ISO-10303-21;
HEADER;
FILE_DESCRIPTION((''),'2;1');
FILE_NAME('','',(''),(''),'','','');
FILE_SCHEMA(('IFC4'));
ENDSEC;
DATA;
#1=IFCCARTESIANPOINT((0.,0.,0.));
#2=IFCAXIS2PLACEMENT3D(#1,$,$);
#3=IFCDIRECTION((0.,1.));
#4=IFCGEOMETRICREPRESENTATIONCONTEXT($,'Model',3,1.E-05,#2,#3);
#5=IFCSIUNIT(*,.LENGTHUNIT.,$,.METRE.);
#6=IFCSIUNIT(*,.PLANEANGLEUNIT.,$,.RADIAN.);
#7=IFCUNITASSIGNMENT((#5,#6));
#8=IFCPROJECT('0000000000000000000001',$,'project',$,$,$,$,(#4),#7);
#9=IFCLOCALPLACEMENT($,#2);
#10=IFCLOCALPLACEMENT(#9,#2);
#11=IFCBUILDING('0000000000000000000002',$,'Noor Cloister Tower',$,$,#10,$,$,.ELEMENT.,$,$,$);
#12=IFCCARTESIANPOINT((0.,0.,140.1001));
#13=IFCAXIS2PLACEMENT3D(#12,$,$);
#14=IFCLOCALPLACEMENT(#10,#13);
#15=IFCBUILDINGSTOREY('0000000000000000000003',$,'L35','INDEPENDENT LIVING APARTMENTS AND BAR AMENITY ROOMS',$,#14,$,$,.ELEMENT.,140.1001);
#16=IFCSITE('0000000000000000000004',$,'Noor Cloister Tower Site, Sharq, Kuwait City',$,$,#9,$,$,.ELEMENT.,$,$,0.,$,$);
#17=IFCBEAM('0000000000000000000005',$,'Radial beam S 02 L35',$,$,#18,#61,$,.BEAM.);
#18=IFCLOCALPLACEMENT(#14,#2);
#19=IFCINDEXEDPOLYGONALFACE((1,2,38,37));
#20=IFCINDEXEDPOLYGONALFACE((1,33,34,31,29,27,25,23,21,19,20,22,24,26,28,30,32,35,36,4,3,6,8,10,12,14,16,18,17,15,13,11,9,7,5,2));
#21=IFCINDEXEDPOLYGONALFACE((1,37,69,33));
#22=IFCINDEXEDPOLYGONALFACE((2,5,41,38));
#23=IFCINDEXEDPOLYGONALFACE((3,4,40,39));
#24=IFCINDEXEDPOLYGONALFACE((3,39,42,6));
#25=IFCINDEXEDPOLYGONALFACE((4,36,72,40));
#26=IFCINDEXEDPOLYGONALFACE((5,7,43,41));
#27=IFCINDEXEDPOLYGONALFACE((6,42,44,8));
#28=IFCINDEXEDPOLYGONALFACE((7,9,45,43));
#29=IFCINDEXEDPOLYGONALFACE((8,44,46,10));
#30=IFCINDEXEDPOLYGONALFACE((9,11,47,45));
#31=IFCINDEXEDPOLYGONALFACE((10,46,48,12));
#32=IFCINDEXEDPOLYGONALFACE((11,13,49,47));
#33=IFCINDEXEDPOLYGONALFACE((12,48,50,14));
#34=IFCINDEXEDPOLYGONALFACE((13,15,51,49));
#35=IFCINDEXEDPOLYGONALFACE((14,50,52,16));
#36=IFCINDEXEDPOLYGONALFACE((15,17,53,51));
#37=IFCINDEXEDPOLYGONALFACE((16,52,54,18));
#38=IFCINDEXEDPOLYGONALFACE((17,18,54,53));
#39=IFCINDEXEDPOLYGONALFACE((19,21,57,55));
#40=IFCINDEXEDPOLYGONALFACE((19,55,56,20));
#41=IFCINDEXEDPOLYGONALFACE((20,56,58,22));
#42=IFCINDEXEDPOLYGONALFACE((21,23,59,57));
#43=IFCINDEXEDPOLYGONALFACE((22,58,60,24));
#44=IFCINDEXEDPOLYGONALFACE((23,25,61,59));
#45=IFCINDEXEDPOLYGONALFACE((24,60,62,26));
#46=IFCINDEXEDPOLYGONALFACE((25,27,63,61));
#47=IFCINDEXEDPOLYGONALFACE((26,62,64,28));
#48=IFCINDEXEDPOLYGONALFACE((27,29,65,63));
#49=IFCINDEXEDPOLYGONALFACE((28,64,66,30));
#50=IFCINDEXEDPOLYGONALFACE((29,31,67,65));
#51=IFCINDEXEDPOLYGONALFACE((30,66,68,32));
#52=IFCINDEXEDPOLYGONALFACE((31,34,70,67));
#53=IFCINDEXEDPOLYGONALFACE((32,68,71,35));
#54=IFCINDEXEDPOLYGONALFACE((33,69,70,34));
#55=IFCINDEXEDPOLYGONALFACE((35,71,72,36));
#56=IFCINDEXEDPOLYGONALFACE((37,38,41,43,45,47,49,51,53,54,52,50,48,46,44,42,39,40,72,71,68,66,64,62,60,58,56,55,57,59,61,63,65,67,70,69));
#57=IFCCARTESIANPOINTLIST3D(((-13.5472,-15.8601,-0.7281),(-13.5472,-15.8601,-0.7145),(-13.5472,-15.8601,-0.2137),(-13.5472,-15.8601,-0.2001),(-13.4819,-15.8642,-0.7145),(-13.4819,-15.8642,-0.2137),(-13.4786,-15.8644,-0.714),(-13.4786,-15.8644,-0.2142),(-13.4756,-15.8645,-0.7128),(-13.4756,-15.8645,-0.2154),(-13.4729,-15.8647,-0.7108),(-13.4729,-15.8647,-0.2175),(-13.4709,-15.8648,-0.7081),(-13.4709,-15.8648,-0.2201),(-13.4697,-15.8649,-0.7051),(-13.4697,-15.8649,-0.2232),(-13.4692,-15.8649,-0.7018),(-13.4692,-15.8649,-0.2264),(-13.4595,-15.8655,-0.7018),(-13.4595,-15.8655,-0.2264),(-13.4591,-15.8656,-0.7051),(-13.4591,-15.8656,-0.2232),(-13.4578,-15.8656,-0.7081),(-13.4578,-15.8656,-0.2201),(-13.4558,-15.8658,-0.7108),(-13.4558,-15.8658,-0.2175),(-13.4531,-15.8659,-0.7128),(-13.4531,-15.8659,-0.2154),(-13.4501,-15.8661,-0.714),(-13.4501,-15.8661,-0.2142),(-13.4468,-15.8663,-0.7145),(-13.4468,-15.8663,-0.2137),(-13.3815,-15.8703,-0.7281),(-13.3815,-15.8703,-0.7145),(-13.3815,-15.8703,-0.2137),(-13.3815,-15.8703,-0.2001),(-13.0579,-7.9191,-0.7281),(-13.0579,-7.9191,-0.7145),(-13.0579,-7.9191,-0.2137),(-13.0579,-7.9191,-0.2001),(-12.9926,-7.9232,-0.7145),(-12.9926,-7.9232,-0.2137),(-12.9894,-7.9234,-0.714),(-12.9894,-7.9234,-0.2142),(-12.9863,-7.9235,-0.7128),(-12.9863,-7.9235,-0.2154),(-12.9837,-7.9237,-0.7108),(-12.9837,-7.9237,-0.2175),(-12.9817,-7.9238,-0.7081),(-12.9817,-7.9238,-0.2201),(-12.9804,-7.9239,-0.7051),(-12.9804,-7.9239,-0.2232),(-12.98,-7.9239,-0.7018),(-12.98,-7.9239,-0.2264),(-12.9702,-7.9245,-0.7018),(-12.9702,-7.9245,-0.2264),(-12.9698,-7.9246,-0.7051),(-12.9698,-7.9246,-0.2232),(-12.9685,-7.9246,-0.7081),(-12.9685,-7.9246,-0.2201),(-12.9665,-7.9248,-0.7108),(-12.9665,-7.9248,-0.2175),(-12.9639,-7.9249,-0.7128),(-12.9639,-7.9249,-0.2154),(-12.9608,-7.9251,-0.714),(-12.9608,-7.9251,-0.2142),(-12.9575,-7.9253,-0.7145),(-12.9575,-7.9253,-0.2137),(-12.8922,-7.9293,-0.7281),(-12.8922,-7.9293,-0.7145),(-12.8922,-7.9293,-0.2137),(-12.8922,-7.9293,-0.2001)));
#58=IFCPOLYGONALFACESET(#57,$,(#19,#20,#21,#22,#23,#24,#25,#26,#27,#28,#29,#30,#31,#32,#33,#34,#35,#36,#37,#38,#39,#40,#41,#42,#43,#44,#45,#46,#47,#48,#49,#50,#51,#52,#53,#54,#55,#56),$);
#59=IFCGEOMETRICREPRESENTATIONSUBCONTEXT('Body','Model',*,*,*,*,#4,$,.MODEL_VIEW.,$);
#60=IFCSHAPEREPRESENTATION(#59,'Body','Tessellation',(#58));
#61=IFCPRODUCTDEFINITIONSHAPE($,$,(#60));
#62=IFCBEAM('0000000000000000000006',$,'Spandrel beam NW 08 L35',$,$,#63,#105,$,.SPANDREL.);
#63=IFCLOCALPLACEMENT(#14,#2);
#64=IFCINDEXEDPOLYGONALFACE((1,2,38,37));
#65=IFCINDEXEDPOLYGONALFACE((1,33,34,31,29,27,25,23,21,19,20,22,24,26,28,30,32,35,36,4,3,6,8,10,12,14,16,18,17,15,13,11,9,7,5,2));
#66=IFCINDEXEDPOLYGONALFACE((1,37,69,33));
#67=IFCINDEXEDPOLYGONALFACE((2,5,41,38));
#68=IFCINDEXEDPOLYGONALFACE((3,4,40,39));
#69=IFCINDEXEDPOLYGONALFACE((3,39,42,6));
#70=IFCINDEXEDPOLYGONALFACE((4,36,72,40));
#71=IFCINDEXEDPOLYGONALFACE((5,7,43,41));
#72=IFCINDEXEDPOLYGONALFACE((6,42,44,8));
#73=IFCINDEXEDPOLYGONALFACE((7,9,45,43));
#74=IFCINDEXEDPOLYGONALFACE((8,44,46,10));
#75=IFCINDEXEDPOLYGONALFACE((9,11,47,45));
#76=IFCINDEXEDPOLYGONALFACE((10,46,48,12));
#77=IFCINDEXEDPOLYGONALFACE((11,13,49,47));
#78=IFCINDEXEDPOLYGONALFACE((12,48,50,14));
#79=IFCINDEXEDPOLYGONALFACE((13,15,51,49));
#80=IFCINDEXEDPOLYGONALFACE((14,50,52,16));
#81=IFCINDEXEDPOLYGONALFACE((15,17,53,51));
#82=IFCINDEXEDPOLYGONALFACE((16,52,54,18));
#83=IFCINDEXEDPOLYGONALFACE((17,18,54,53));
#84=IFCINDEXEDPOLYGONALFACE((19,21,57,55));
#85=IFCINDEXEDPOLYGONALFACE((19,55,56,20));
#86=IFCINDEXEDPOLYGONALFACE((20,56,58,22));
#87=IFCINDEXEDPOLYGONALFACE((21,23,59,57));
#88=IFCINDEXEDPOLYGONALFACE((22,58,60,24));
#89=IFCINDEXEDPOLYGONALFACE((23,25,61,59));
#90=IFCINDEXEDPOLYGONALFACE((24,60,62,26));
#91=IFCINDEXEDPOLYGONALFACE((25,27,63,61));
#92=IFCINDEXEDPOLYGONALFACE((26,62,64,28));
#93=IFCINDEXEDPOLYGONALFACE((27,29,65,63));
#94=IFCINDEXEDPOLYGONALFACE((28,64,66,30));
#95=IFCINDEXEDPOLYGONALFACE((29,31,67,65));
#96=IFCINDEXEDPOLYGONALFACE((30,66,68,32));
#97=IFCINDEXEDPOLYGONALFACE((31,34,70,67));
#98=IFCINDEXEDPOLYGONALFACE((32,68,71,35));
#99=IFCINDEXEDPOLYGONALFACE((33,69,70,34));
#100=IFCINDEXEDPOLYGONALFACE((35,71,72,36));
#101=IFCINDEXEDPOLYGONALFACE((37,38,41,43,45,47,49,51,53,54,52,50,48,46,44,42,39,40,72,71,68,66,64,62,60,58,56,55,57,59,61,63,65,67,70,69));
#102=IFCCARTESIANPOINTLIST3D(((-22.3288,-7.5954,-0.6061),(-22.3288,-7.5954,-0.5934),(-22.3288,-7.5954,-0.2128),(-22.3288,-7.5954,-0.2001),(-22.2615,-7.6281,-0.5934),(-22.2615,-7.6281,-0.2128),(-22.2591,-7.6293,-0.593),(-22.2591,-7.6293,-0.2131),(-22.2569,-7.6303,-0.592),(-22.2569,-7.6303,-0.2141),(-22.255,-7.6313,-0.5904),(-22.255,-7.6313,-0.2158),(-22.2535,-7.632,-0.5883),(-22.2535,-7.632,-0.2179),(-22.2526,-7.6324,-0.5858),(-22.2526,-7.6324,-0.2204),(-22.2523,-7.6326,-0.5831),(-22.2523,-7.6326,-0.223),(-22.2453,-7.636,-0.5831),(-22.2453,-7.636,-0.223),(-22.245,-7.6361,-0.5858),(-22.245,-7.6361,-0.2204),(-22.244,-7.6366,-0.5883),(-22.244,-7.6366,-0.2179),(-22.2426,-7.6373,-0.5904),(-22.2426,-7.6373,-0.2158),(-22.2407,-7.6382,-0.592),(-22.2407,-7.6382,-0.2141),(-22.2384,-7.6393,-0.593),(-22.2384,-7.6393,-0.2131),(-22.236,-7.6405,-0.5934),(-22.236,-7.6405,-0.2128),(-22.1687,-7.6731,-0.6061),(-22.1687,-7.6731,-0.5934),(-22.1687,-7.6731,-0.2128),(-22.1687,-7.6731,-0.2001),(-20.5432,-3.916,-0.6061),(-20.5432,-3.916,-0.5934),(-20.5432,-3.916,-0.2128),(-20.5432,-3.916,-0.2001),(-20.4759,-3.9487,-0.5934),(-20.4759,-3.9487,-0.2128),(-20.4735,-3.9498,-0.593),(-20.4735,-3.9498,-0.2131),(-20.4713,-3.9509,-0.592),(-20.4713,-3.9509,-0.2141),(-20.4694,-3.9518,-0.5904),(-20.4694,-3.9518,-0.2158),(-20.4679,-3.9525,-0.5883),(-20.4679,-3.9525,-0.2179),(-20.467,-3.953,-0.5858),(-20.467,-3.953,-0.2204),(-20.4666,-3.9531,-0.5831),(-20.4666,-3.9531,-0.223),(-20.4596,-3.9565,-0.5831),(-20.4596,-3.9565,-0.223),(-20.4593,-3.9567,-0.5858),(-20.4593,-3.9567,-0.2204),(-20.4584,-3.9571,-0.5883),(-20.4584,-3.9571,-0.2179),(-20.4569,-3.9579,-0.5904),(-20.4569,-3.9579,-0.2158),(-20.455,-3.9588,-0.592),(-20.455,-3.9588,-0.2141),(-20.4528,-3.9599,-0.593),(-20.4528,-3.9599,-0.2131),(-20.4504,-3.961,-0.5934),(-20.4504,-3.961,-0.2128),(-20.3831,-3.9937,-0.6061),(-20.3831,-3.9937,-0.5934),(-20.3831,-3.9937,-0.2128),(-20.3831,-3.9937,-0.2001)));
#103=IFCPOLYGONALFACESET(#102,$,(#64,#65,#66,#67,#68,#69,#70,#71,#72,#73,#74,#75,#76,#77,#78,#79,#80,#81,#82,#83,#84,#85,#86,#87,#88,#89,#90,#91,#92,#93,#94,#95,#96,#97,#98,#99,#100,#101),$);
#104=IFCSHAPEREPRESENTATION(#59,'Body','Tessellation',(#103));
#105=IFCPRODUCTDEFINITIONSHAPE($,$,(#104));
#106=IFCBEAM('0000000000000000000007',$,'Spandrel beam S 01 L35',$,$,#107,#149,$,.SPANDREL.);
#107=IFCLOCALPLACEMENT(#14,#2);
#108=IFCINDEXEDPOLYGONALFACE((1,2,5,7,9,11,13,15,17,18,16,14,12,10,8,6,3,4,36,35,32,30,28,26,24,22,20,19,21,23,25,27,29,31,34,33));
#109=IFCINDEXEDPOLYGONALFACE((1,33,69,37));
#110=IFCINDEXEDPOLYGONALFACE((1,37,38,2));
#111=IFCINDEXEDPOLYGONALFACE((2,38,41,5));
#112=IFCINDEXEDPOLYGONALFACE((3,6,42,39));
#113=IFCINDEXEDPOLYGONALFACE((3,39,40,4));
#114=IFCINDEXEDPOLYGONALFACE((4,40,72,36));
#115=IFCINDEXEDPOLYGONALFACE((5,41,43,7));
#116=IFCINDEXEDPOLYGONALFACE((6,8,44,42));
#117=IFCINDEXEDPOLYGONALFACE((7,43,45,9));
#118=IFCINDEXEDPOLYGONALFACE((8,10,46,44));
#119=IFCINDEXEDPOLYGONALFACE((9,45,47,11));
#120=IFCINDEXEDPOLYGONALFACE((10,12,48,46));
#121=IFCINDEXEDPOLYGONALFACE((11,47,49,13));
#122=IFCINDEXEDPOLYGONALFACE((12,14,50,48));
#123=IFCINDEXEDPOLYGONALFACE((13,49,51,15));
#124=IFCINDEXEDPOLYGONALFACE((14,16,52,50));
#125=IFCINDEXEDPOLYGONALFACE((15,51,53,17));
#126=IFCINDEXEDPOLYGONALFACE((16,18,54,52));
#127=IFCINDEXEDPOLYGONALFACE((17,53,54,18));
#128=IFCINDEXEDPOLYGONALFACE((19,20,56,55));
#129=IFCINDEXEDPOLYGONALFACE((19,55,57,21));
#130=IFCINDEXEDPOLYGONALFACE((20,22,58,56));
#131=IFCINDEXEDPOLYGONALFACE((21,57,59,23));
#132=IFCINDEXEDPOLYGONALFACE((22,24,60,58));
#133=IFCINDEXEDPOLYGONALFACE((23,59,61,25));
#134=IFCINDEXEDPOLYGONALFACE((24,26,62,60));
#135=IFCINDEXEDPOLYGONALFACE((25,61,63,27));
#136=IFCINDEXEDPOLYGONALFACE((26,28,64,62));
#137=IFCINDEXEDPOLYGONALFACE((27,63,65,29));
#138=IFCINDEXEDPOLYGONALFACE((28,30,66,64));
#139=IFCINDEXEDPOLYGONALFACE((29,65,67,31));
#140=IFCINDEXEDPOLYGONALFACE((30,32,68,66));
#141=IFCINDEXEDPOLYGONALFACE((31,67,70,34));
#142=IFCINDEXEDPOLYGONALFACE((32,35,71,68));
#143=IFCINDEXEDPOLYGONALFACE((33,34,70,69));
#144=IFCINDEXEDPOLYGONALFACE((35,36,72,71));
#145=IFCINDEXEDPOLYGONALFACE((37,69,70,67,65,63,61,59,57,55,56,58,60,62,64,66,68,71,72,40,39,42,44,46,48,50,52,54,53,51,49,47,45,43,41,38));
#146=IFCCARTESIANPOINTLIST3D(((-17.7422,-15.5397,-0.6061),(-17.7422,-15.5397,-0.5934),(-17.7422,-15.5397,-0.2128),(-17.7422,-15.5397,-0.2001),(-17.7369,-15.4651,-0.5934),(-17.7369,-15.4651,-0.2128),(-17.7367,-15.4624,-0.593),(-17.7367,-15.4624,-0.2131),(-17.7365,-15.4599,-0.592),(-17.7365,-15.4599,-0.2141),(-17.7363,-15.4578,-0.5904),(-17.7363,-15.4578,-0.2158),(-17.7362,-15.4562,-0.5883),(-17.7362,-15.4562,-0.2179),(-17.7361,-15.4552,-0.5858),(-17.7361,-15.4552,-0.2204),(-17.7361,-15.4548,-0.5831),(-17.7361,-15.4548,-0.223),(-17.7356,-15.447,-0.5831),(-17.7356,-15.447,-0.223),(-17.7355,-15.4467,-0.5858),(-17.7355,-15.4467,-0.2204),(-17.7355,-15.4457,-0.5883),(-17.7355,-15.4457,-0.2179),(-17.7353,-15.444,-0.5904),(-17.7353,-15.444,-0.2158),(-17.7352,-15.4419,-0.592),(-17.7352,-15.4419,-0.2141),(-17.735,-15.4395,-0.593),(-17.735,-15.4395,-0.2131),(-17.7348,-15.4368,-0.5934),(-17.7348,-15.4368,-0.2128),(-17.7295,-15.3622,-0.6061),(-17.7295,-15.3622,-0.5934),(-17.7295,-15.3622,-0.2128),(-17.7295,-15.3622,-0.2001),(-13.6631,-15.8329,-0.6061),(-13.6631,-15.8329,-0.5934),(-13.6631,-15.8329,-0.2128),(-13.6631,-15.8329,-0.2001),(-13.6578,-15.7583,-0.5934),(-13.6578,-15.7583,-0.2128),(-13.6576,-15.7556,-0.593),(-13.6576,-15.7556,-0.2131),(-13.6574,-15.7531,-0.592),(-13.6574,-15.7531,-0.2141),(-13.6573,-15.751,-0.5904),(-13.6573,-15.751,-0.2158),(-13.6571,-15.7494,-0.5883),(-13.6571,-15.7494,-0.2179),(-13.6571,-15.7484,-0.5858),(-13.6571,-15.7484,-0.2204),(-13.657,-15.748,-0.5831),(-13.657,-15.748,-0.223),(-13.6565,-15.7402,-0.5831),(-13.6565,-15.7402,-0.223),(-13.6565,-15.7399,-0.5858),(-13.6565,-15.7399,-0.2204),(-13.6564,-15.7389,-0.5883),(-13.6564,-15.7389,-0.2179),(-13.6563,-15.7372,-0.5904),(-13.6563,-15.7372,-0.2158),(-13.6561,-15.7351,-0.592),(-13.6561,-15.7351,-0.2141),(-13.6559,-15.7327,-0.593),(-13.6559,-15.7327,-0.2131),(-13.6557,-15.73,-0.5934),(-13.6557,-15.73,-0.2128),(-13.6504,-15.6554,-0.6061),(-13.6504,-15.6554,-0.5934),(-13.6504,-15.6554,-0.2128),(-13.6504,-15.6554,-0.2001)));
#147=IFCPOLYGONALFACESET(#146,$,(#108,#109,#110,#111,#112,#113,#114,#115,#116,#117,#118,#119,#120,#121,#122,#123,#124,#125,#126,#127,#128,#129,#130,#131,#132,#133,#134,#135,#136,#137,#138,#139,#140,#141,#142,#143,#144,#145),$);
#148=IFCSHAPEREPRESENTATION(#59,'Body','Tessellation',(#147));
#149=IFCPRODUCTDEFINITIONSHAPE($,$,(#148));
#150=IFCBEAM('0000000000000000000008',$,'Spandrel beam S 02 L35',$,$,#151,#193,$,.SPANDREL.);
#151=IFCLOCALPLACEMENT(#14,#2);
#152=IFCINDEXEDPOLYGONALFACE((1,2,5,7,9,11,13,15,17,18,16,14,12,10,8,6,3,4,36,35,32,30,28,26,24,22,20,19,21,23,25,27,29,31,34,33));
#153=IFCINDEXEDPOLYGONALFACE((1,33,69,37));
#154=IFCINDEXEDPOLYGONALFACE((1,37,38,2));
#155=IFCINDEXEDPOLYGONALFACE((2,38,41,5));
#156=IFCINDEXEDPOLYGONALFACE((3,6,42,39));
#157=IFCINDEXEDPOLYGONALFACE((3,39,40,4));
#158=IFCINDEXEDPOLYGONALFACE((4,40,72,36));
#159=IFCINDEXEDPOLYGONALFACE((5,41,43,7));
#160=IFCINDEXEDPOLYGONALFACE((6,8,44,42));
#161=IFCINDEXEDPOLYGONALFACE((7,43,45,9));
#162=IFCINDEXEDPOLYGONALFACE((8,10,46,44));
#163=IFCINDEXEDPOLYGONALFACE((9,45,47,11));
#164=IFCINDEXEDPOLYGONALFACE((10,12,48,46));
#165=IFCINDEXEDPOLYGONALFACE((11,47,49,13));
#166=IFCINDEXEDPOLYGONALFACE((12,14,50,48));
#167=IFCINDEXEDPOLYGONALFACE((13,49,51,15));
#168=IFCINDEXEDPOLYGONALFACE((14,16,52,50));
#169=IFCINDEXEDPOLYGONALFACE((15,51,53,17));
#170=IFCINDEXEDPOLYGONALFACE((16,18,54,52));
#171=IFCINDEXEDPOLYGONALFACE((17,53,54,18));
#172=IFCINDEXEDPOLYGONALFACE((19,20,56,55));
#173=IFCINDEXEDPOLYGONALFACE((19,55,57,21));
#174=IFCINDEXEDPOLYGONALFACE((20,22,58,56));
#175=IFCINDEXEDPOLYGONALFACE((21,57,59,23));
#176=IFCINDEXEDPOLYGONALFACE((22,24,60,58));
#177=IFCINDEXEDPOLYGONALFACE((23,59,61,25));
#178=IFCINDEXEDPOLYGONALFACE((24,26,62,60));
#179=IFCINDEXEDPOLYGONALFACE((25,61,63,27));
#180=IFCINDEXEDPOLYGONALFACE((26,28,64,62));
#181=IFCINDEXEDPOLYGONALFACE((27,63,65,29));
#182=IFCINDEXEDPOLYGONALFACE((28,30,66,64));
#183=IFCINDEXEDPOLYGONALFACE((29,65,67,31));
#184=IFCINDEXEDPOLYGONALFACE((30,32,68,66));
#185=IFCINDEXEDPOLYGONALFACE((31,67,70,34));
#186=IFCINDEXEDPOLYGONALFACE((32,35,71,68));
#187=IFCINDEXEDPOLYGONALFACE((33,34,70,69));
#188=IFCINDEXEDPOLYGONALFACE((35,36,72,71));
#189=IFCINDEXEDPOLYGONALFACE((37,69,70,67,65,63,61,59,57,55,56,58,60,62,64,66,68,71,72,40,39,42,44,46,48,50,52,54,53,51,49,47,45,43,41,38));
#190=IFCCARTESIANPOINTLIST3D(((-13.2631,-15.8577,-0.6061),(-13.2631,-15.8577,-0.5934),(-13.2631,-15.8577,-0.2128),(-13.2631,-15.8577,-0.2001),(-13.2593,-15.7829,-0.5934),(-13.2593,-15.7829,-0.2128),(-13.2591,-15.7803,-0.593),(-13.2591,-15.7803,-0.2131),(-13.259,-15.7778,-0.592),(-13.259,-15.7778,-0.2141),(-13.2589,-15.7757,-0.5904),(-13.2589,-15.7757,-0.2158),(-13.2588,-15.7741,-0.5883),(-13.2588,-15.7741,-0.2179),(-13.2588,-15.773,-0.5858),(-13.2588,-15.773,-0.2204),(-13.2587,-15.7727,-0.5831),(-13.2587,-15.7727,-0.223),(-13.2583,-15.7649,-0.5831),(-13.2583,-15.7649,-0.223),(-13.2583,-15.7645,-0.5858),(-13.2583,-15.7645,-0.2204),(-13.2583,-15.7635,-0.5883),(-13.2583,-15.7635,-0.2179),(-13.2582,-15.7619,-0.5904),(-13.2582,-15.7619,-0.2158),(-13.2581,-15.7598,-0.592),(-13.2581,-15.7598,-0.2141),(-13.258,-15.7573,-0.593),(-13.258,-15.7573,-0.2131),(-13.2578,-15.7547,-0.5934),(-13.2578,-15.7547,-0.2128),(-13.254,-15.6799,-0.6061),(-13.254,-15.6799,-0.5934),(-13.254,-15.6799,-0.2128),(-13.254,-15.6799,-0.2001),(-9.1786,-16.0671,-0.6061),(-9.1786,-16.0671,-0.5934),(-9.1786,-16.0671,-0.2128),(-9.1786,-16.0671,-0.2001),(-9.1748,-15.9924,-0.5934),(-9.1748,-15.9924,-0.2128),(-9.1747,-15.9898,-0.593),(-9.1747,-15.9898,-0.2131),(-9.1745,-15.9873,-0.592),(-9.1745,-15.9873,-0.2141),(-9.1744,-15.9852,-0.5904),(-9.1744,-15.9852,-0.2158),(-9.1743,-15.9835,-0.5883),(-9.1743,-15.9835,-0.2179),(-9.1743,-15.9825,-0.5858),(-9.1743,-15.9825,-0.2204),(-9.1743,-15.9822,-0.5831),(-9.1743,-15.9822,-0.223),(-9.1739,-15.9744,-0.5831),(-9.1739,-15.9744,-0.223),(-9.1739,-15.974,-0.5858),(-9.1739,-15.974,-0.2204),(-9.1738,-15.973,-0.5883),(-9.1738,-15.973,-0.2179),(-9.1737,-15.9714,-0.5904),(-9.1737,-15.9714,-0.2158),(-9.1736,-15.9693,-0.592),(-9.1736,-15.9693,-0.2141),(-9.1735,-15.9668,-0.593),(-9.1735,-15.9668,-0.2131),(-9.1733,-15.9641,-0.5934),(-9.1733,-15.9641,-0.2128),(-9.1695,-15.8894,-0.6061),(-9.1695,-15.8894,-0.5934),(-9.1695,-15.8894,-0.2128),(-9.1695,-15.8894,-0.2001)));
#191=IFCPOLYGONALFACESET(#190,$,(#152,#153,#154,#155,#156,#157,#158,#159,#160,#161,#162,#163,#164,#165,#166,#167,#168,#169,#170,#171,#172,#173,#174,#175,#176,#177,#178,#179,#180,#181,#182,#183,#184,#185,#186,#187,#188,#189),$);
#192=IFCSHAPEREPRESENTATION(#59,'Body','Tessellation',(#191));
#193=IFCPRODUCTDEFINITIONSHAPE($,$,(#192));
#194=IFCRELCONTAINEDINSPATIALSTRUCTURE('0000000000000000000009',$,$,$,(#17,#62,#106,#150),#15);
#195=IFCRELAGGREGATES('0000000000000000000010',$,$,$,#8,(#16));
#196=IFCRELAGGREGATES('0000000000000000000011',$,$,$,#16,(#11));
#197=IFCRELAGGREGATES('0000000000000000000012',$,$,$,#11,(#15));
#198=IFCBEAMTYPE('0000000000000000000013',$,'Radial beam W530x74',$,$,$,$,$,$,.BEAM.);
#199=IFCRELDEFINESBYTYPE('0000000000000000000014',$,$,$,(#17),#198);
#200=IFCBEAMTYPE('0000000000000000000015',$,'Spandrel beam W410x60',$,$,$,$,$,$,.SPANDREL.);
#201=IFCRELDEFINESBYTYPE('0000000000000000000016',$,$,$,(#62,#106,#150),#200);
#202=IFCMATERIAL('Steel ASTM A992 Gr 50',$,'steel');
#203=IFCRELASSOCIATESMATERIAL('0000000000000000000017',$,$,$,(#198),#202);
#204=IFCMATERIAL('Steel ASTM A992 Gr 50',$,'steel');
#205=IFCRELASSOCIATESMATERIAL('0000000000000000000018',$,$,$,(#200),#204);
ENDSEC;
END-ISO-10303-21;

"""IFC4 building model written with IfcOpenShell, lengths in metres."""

from ifc_helpers import new_model, si_unit, direction, frame, origin, origin_2d, place, context, subcontext, project, spatial, i_section, extrude, material, material_profile, profile_set, type_object, element, save


model = new_model("IFC4")

# Units and contexts
model_context = context("Model", 3, precision=1e-05, world=origin(), true_north=direction((0.0, 1.0)))
body_context = subcontext(model_context, "Body", "Model", "MODEL_VIEW")
ifc_project = project(units=[si_unit("LENGTHUNIT", "METRE"), si_unit("PLANEANGLEUNIT", "RADIAN")], contexts=[model_context])

# Site, building, storey
site_placement = place(None, origin())
site = spatial("IfcSite", under=ifc_project, at=site_placement, Name="Noor Cloister Tower Site, Sharq, Kuwait City", CompositionType="ELEMENT", RefElevation=0.0)
building_placement = place(site_placement, origin())
building = spatial("IfcBuilding", under=site, at=building_placement, Name="Noor Cloister Tower", CompositionType="ELEMENT")
storey_placement = place(building_placement, frame((0.0, 0.0, 140.1001)))
storey = spatial("IfcBuildingStorey", under=building, at=storey_placement, Name="L35", Description="INDEPENDENT LIVING APARTMENTS AND BAR AMENITY ROOMS", CompositionType="ELEMENT", Elevation=140.1001)

# Beams
ifc_material_1 = material(Name="Steel ASTM A992 Gr 50", Category="steel")
ifc_material_profile_1 = material_profile(ifc_material_1, i_section(OverallWidth=0.166, OverallDepth=0.5281, WebThickness=0.0098, FlangeThickness=0.0137, FilletRadius=0.0127, at=origin_2d()), Name="W530x74")
ifc_profile_set_1 = profile_set([ifc_material_profile_1], Name="Steel ASTM A992 Gr 50")
beam_type_1 = type_object("IfcBeamType", Name="Radial beam W530x74", PredefinedType="BEAM", material=ifc_profile_set_1)
beam_1_placement = place(storey_placement, frame((-13.4644, -15.8652, -0.4641), z_axis=(0.061496, 0.998107, 0.0), x_axis=(-0.998107, 0.061496, 0.0)))
element("IfcBeam", 1, at=beam_1_placement, inside=storey, type_object=beam_type_1, Name="Radial beam S 02 L35", PredefinedType="BEAM", context=body_context, shape_type="SweptSolid", body=[
    extrude(i_section(OverallWidth=0.166, OverallDepth=0.5281, WebThickness=0.0098, FlangeThickness=0.0137, FilletRadius=0.0127, at=origin_2d()), origin(), (0.0, 0.0, 1.0), 7.9561),
])
ifc_material_2 = material(Name="Steel ASTM A992 Gr 50", Category="steel")
ifc_material_profile_2 = material_profile(ifc_material_2, i_section(OverallWidth=0.178, OverallDepth=0.406, WebThickness=0.0078, FlangeThickness=0.0127, FilletRadius=0.0103, at=origin_2d()), Name="W410x60")
ifc_profile_set_2 = profile_set([ifc_material_profile_2], Name="Steel ASTM A992 Gr 50")
beam_type_2 = type_object("IfcBeamType", Name="Spandrel beam W410x60", PredefinedType="SPANDREL", material=ifc_profile_set_2)
beam_2_placement = place(storey_placement, frame((-20.4631, -3.9548, -0.4031), z_axis=(-0.436604, -0.899654, 0.0), x_axis=(0.899654, -0.436604, 0.0)))
element("IfcBeam", 2, at=beam_2_placement, inside=storey, type_object=beam_type_2, Name="Spandrel beam NW 08 L35", PredefinedType="SPANDREL", context=body_context, shape_type="SweptSolid", body=[
    extrude(i_section(OverallWidth=0.178, OverallDepth=0.406, WebThickness=0.0078, FlangeThickness=0.0127, FilletRadius=0.0103, at=origin_2d()), origin(), (0.0, 0.0, 1.0), 4.0898),
])
beam_3_placement = place(storey_placement, frame((-17.7358, -15.4509, -0.4031), z_axis=(0.997426, -0.071697, 0.0), x_axis=(0.071697, 0.997426, 0.0)))
element("IfcBeam", 3, at=beam_3_placement, inside=storey, type_object=beam_type_2, Name="Spandrel beam S 01 L35", PredefinedType="SPANDREL", context=body_context, shape_type="SweptSolid", body=[
    extrude(i_section(OverallWidth=0.178, OverallDepth=0.406, WebThickness=0.0078, FlangeThickness=0.0127, FilletRadius=0.0103, at=origin_2d()), origin(), (0.0, 0.0, 1.0), 4.0896),
])
beam_4_placement = place(storey_placement, frame((-13.2585, -15.7688, -0.4031), z_axis=(0.998688, -0.051218, 0.0), x_axis=(0.051218, 0.998688, 0.0)))
element("IfcBeam", 4, at=beam_4_placement, inside=storey, type_object=beam_type_2, Name="Spandrel beam S 02 L35", PredefinedType="SPANDREL", context=body_context, shape_type="SweptSolid", body=[
    extrude(i_section(OverallWidth=0.178, OverallDepth=0.406, WebThickness=0.0078, FlangeThickness=0.0127, FilletRadius=0.0103, at=origin_2d()), origin(), (0.0, 0.0, 1.0), 4.0898),
])

save(model, "model.ifc")
